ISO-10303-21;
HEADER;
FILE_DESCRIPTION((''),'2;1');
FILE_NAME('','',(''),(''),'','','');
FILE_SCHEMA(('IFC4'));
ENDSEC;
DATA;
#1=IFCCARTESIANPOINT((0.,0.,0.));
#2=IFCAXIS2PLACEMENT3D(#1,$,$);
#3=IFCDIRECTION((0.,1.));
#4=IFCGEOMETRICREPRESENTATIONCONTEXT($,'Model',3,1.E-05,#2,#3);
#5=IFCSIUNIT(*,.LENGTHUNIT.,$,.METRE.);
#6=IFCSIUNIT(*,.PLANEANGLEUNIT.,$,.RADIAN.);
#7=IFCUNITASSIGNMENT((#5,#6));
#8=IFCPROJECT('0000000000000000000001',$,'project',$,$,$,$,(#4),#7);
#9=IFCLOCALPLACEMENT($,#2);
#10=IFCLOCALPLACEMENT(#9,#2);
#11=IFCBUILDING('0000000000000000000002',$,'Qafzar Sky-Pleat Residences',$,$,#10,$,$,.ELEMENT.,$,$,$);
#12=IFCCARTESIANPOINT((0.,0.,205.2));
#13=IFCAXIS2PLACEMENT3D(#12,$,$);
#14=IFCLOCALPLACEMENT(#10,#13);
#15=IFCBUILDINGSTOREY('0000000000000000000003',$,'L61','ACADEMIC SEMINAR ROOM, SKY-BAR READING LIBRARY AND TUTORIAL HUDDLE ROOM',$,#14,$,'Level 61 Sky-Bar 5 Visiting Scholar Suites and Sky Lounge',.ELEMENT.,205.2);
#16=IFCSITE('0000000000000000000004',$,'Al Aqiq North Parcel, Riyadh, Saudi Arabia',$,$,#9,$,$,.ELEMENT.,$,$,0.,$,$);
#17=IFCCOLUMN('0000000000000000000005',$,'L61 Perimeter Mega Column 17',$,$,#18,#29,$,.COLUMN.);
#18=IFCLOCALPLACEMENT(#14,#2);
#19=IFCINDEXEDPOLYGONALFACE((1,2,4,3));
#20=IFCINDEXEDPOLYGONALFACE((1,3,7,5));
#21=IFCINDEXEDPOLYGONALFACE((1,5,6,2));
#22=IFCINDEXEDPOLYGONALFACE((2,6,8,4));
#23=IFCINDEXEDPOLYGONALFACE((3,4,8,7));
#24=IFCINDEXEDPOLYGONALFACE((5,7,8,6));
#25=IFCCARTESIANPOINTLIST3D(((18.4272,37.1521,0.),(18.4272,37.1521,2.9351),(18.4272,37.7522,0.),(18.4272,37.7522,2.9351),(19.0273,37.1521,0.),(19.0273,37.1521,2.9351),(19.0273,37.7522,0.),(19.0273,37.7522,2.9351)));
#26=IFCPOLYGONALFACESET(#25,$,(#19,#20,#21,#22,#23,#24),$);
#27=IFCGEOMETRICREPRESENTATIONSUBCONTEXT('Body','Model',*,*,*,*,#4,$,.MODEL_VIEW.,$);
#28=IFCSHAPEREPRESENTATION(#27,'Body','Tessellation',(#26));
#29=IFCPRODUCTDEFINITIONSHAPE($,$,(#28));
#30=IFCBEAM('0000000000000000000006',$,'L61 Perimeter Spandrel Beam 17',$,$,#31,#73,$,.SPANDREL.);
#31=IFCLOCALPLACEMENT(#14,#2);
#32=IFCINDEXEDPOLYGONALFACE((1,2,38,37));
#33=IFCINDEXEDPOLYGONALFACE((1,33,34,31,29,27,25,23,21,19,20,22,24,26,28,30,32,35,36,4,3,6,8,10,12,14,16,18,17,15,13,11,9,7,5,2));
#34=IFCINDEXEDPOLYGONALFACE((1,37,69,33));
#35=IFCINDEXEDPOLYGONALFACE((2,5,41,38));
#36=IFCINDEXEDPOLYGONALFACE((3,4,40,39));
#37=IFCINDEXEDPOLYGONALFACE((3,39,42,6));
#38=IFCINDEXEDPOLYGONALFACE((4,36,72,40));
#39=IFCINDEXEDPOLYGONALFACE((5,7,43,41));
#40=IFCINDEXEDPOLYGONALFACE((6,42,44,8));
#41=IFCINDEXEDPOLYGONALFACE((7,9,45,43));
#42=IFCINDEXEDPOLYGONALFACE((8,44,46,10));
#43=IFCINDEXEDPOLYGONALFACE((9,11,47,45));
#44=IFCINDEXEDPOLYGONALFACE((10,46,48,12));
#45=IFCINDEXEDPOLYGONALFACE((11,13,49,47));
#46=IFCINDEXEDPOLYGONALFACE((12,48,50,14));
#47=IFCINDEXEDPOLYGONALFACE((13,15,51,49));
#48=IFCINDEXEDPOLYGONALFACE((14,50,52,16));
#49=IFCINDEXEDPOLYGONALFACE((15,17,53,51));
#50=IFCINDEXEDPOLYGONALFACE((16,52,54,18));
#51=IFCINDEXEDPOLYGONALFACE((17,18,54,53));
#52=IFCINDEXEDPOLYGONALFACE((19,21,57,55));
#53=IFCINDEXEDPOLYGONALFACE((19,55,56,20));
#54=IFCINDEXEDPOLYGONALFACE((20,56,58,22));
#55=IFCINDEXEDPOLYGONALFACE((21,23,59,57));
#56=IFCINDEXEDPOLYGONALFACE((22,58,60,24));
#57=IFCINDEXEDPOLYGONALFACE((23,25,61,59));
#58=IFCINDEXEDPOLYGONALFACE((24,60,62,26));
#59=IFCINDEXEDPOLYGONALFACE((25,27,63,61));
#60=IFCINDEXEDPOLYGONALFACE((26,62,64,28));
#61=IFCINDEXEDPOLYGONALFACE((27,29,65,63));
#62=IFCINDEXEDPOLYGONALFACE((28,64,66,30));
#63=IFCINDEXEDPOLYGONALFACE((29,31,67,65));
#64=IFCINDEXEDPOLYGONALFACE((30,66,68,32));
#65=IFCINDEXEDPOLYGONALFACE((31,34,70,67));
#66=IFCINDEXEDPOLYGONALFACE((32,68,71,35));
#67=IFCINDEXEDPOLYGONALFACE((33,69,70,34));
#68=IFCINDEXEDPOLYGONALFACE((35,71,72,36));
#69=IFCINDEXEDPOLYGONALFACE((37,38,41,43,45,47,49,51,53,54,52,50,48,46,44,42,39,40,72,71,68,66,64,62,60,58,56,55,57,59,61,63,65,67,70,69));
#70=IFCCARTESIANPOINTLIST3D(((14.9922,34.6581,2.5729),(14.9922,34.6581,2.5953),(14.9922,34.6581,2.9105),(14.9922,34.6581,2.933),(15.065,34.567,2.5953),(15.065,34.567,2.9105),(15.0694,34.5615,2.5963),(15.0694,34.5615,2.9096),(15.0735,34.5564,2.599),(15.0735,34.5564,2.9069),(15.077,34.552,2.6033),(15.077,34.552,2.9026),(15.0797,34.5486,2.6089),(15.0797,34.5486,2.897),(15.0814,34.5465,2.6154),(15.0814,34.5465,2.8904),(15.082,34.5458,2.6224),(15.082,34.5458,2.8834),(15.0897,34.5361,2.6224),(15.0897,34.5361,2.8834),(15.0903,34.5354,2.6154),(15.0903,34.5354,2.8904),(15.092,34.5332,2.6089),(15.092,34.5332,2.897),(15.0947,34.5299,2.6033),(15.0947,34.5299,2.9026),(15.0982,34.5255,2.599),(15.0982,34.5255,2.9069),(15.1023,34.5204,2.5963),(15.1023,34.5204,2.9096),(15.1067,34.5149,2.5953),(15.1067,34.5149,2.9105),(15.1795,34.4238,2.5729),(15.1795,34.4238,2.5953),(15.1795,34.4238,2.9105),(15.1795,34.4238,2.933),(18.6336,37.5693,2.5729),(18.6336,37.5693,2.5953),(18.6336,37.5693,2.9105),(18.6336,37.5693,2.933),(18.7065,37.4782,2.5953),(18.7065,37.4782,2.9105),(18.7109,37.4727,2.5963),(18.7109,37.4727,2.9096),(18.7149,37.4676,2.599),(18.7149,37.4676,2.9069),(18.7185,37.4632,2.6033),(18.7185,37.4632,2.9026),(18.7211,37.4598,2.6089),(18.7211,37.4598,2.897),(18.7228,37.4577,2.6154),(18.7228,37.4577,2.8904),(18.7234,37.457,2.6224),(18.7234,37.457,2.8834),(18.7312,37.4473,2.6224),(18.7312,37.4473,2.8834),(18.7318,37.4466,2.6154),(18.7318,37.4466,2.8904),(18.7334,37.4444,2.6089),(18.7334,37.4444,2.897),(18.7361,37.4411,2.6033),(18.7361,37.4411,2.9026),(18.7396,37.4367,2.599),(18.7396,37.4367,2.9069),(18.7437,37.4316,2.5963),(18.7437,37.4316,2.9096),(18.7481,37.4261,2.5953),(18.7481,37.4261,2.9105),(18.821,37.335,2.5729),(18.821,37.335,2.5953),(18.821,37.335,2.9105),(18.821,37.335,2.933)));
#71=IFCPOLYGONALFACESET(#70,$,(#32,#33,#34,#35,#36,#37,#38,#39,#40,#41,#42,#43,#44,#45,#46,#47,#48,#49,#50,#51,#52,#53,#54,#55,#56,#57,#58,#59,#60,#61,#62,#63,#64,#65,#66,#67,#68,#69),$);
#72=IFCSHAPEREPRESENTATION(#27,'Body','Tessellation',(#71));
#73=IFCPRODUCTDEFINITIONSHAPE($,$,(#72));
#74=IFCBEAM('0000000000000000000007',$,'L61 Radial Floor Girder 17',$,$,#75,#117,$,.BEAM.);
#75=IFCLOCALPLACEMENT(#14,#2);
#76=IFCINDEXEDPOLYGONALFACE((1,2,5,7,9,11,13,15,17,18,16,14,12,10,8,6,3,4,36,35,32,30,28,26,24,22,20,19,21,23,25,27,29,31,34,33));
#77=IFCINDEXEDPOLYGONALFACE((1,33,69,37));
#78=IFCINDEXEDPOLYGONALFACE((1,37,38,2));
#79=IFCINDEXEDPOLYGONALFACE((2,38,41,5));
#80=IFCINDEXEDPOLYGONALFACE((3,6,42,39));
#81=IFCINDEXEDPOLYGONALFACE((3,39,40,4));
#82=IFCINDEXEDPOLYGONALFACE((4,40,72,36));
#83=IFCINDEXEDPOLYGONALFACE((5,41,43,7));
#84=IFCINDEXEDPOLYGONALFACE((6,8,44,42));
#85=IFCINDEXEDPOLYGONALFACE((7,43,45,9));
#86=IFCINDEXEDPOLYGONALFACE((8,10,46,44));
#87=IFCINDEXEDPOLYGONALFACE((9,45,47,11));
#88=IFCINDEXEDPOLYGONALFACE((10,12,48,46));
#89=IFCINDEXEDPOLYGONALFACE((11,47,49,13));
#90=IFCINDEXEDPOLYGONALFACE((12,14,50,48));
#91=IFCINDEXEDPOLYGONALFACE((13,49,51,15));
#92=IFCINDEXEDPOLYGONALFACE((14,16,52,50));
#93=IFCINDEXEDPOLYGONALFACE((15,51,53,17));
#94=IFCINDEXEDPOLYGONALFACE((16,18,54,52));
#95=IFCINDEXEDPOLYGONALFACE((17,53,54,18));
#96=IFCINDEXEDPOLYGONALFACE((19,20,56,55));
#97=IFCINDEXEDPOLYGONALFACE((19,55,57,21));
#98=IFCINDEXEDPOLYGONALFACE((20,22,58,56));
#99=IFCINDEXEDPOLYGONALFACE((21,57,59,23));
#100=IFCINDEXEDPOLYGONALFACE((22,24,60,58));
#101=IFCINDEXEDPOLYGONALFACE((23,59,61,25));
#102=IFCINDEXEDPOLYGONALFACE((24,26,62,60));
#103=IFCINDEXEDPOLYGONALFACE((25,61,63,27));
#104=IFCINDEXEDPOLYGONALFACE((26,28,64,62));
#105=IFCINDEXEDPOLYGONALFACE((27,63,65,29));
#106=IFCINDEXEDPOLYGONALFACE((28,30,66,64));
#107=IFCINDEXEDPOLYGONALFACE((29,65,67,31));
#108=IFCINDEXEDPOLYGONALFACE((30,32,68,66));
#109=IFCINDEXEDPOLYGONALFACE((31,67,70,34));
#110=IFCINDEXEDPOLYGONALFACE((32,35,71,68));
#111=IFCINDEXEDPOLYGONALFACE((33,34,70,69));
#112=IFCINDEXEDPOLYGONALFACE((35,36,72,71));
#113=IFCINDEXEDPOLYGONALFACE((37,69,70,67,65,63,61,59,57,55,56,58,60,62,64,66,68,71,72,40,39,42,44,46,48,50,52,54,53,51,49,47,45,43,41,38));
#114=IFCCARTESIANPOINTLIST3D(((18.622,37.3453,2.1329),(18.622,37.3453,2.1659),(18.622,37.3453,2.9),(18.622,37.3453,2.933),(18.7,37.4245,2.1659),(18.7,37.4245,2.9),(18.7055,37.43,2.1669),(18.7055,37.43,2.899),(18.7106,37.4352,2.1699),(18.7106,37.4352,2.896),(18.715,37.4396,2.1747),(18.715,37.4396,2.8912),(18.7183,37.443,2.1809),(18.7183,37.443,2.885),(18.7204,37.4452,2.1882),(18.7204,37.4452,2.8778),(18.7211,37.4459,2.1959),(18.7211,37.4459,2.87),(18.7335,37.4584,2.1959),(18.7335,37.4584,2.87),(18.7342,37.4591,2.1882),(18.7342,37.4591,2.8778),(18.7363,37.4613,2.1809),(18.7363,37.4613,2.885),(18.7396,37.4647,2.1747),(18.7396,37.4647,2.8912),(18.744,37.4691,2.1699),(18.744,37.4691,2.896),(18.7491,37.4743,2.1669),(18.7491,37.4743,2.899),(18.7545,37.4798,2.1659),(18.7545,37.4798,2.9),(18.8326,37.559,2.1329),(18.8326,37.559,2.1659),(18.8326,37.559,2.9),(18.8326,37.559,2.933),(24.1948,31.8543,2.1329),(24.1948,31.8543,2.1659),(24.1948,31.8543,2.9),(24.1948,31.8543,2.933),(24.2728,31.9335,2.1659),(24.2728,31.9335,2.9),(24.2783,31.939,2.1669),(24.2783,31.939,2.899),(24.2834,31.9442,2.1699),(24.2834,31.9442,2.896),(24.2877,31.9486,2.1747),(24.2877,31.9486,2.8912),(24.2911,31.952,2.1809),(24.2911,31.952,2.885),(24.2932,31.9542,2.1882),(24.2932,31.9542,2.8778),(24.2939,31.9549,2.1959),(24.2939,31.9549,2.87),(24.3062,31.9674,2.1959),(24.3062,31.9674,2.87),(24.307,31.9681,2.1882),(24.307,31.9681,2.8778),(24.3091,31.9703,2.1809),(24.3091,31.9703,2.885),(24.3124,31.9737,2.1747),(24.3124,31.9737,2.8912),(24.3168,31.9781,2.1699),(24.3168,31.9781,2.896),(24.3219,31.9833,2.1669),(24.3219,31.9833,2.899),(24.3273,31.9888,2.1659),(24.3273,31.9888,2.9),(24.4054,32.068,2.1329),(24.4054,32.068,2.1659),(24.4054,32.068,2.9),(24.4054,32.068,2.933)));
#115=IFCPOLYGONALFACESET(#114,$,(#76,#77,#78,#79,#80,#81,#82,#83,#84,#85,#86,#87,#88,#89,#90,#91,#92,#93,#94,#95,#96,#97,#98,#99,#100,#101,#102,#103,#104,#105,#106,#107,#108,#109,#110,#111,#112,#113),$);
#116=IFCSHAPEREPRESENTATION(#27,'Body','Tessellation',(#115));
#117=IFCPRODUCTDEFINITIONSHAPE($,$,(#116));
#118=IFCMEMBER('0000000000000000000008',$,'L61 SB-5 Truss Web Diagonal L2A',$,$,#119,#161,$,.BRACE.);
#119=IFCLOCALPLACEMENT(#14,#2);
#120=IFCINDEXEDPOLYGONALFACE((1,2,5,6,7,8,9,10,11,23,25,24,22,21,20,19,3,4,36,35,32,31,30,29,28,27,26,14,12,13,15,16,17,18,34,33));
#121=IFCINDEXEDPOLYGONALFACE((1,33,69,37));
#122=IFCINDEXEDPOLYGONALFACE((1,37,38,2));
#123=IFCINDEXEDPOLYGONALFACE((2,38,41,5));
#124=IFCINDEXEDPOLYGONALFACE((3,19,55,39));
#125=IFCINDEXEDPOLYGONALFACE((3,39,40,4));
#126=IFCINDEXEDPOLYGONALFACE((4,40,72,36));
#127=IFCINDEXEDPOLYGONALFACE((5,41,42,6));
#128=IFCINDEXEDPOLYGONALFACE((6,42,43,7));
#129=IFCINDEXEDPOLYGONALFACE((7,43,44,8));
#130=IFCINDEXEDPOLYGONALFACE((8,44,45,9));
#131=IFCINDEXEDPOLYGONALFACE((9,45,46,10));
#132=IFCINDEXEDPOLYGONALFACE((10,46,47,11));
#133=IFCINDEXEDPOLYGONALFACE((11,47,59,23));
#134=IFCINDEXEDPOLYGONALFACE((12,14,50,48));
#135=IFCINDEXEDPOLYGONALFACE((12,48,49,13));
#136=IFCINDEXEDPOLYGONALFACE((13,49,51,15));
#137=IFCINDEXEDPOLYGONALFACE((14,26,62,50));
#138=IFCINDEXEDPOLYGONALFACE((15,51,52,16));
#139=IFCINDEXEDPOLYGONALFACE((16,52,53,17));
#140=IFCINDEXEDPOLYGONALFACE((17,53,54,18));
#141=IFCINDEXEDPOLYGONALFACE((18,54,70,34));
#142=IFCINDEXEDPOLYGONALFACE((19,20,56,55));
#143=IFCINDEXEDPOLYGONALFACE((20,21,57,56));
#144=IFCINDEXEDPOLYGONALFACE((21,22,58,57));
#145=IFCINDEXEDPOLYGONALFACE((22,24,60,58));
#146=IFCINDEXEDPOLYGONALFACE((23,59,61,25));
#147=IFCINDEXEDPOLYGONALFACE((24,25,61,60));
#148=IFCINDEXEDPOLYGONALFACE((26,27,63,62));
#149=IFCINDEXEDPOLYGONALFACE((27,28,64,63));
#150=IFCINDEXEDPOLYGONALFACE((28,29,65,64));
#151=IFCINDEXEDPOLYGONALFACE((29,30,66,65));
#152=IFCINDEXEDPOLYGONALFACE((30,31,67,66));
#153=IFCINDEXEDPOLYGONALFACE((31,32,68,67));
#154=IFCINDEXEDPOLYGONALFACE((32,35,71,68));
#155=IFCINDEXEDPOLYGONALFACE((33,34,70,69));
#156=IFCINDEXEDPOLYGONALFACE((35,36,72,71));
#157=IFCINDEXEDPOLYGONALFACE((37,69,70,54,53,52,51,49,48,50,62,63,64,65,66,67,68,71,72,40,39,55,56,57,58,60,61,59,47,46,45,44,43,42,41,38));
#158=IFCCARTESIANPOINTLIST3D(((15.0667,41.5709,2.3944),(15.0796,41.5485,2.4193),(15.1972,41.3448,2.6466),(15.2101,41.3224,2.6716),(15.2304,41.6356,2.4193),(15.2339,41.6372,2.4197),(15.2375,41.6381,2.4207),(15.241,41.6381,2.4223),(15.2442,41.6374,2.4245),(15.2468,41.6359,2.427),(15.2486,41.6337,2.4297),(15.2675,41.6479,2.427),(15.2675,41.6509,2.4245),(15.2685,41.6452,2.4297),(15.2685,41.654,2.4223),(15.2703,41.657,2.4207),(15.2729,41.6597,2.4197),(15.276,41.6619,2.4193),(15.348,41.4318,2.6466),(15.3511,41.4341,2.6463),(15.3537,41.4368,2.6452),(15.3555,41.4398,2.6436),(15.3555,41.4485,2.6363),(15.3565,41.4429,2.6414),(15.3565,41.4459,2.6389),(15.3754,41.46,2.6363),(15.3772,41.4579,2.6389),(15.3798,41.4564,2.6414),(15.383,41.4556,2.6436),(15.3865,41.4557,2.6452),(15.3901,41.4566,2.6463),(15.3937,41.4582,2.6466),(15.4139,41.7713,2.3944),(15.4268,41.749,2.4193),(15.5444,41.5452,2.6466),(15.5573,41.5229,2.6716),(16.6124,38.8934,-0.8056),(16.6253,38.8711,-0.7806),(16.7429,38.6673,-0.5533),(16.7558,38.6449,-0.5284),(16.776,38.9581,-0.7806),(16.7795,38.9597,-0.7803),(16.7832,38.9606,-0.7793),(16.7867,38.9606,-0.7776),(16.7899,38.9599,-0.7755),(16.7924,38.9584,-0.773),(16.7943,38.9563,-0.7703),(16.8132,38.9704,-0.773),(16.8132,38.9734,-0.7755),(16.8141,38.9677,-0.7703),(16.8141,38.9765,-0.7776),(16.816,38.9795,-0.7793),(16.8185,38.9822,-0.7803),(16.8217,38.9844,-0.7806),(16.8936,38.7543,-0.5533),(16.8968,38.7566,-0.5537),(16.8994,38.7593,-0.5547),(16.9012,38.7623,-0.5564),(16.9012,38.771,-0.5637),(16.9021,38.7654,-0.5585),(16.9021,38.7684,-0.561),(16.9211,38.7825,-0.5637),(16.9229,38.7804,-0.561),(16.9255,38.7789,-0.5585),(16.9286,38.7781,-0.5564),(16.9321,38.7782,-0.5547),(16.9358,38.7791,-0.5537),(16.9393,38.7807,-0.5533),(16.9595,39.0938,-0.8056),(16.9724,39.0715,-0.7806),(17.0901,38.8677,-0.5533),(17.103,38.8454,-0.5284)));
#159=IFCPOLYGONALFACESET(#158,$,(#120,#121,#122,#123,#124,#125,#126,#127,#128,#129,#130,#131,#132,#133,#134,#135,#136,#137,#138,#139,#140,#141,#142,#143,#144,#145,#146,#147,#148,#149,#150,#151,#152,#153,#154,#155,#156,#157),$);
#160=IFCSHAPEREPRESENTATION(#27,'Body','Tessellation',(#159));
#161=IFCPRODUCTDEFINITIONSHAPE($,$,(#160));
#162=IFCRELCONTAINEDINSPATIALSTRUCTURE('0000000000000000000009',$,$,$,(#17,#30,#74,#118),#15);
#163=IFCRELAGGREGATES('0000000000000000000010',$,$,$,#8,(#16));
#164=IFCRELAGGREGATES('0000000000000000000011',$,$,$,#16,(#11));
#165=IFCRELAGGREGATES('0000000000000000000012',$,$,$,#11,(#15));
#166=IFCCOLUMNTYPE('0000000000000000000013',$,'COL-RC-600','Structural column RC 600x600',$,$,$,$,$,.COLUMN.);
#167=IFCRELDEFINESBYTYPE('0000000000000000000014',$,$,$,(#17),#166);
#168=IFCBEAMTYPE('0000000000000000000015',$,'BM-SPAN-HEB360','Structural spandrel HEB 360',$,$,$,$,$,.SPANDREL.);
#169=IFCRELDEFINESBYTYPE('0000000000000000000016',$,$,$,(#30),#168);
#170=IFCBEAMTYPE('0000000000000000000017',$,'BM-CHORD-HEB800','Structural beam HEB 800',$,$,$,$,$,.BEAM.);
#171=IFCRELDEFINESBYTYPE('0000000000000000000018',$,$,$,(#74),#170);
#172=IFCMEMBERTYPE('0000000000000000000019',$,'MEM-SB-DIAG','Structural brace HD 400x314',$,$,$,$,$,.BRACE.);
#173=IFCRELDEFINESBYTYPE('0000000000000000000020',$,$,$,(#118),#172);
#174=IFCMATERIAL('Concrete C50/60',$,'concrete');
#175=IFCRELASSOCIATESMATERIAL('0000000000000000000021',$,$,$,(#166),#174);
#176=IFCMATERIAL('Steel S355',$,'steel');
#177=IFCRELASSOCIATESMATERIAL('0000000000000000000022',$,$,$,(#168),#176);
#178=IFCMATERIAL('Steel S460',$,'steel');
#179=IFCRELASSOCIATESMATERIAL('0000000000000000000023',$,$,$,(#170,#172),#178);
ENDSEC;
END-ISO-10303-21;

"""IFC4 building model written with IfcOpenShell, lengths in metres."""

from ifc_helpers import new_model, si_unit, direction, frame, origin, origin_2d, place, context, subcontext, project, spatial, rectangle, i_section, extrude, source, transform, mapped, material, material_profile, profile_set, type_object, element, save


model = new_model("IFC4")

# Units and contexts
model_context = context("Model", 3, precision=1e-05, world=origin(), true_north=direction((0.0, 1.0)))
body_context = subcontext(model_context, "Body", "Model", "MODEL_VIEW")
ifc_project = project(units=[si_unit("LENGTHUNIT", "METRE"), si_unit("PLANEANGLEUNIT", "RADIAN")], contexts=[model_context])

# Site, building, storey
site_placement = place(None, origin())
site = spatial("IfcSite", under=ifc_project, at=site_placement, Name="Al Aqiq North Parcel, Riyadh, Saudi Arabia", CompositionType="ELEMENT", RefElevation=0.0)
building_placement = place(site_placement, origin())
building = spatial("IfcBuilding", under=site, at=building_placement, Name="Qafzar Sky-Pleat Residences", CompositionType="ELEMENT")
storey_placement = place(building_placement, frame((0.0, 0.0, 205.2)))
storey = spatial("IfcBuildingStorey", under=building, at=storey_placement, Name="L61", Description="ACADEMIC SEMINAR ROOM, SKY-BAR READING LIBRARY AND TUTORIAL HUDDLE ROOM", LongName="Level 61 Sky-Bar 5 Visiting Scholar Suites and Sky Lounge", CompositionType="ELEMENT", Elevation=205.2)

# Column
ifc_material_1 = material(Name="Concrete C50/60", Category="concrete")
ifc_material_profile_1 = material_profile(ifc_material_1, rectangle(XDim=0.6001, YDim=0.6001, at=origin_2d()), Name="RC 600x600")
ifc_profile_set_1 = profile_set([ifc_material_profile_1], Name="Concrete C50/60")
column_type = type_object("IfcColumnType", Name="COL-RC-600", Description="Structural column RC 600x600", PredefinedType="COLUMN", material=ifc_profile_set_1)
shared_shape_1 = source(origin(), body_context, "Body", "SweptSolid", [
    extrude(rectangle(XDim=0.6001, YDim=0.6001, at=origin_2d()), origin(), (0.0, 0.0, 1.0), 2.9351),
])
column_placement = place(storey_placement, frame((18.7273, 37.4521, 0.0), z_axis=(0.0, 0.0, 1.0), x_axis=(1.0, 0.0, 0.0)))
element("IfcColumn", 1, at=column_placement, inside=storey, type_object=column_type, Name="L61 Perimeter Mega Column 17", PredefinedType="COLUMN", context=body_context, shape_type="MappedRepresentation", body=[
    mapped(shared_shape_1, transform((0.0, 0.0, 0.0), x_axis=(1.0, 0.0, 0.0), y_axis=(0.0, 1.0, 0.0), z_axis=(0.0, 0.0, 1.0), scale=1.0)),
])

# Beams
ifc_material_2 = material(Name="Steel S355", Category="steel")
ifc_material_profile_2 = material_profile(ifc_material_2, i_section(OverallWidth=0.3, OverallDepth=0.3601, WebThickness=0.0125, FlangeThickness=0.0225, FilletRadius=0.0271, at=origin_2d()), Name="HEB 360")
ifc_profile_set_2 = profile_set([ifc_material_profile_2], Name="Steel S355")
beam_type_1 = type_object("IfcBeamType", Name="BM-SPAN-HEB360", Description="Structural spandrel HEB 360", PredefinedType="SPANDREL", material=ifc_profile_set_2)
shared_shape_2 = source(origin(), body_context, "Body", "SweptSolid", [
    extrude(i_section(OverallWidth=0.3, OverallDepth=0.3601, WebThickness=0.0125, FlangeThickness=0.0225, FilletRadius=0.0271, at=origin_2d()), origin(), (0.0, 0.0, 1.0), 4.6621),
])
beam_1_placement = place(storey_placement, frame((18.7273, 37.4521, 2.7529), z_axis=(-0.781073, -0.62444, 0.0), x_axis=(0.62444, -0.781073, 0.0)))
element("IfcBeam", 2, at=beam_1_placement, inside=storey, type_object=beam_type_1, Name="L61 Perimeter Spandrel Beam 17", PredefinedType="SPANDREL", context=body_context, shape_type="MappedRepresentation", body=[
    mapped(shared_shape_2, transform((0.0, 0.0, 0.0), x_axis=(1.0, 0.0, 0.0), y_axis=(0.0, 1.0, 0.0), z_axis=(0.0, 0.0, 1.0), scale=1.0)),
])
ifc_material_3 = material(Name="Steel S460", Category="steel")
ifc_material_profile_3 = material_profile(ifc_material_3, i_section(OverallWidth=0.3, OverallDepth=0.8, WebThickness=0.0176, FlangeThickness=0.033, FilletRadius=0.03, at=origin_2d()), Name="HEB 800")
ifc_profile_set_3 = profile_set([ifc_material_profile_3], Name="Steel S460")
beam_type_2 = type_object("IfcBeamType", Name="BM-CHORD-HEB800", Description="Structural beam HEB 800", PredefinedType="BEAM", material=ifc_profile_set_3)
shared_shape_3 = source(origin(), body_context, "Body", "SweptSolid", [
    extrude(i_section(OverallWidth=0.3, OverallDepth=0.8, WebThickness=0.0176, FlangeThickness=0.033, FilletRadius=0.03, at=origin_2d()), origin(), (0.0, 0.0, 1.0), 7.8235),
])
beam_2_placement = place(storey_placement, frame((18.7273, 37.4521, 2.533), z_axis=(0.712315, -0.70186, 0.0), x_axis=(0.70186, 0.712315, 0.0)))
element("IfcBeam", 3, at=beam_2_placement, inside=storey, type_object=beam_type_2, Name="L61 Radial Floor Girder 17", PredefinedType="BEAM", context=body_context, shape_type="MappedRepresentation", body=[
    mapped(shared_shape_3, transform((0.0, 0.0, 0.0), x_axis=(1.0, 0.0, 0.0), y_axis=(0.0, 1.0, 0.0), z_axis=(0.0, 0.0, 1.0), scale=1.0)),
])

# Member
ifc_material_profile_4 = material_profile(ifc_material_3, i_section(OverallWidth=0.4009, OverallDepth=0.3989, WebThickness=0.0229, FlangeThickness=0.0359, FilletRadius=0.0149, at=origin_2d()), Name="HD 400x314")
ifc_profile_set_4 = profile_set([ifc_material_profile_4], Name="Steel S460")
member_type = type_object("IfcMemberType", Name="MEM-SB-DIAG", Description="Structural brace HD 400x314", PredefinedType="BRACE", material=ifc_profile_set_4)
shared_shape_4 = source(origin(), body_context, "Body", "SweptSolid", [
    extrude(i_section(OverallWidth=0.4009, OverallDepth=0.3989, WebThickness=0.0229, FlangeThickness=0.0359, FilletRadius=0.0149, at=origin_2d()), origin(), (0.0, 0.0, 1.0), 4.4495),
])
for number, where, z_axis, x_axis, name in (
    (4, (16.8577, 38.8694, -0.667), (-0.34738, 0.601756, 0.719178), (-0.866053, -0.499953, 0.0), "L61 SB-5 Truss Web Diagonal L2A"),
):
    element("IfcMember", number, at=place(storey_placement, frame(where, z_axis=z_axis, x_axis=x_axis)), inside=storey, type_object=member_type, Name=name, PredefinedType="BRACE", context=body_context, shape_type="MappedRepresentation", body=[
        mapped(shared_shape_4, transform((0.0, 0.0, 0.0), x_axis=(1.0, 0.0, 0.0), y_axis=(0.0, 1.0, 0.0), z_axis=(0.0, 0.0, 1.0), scale=1.0)),
    ])

save(model, "model.ifc")
